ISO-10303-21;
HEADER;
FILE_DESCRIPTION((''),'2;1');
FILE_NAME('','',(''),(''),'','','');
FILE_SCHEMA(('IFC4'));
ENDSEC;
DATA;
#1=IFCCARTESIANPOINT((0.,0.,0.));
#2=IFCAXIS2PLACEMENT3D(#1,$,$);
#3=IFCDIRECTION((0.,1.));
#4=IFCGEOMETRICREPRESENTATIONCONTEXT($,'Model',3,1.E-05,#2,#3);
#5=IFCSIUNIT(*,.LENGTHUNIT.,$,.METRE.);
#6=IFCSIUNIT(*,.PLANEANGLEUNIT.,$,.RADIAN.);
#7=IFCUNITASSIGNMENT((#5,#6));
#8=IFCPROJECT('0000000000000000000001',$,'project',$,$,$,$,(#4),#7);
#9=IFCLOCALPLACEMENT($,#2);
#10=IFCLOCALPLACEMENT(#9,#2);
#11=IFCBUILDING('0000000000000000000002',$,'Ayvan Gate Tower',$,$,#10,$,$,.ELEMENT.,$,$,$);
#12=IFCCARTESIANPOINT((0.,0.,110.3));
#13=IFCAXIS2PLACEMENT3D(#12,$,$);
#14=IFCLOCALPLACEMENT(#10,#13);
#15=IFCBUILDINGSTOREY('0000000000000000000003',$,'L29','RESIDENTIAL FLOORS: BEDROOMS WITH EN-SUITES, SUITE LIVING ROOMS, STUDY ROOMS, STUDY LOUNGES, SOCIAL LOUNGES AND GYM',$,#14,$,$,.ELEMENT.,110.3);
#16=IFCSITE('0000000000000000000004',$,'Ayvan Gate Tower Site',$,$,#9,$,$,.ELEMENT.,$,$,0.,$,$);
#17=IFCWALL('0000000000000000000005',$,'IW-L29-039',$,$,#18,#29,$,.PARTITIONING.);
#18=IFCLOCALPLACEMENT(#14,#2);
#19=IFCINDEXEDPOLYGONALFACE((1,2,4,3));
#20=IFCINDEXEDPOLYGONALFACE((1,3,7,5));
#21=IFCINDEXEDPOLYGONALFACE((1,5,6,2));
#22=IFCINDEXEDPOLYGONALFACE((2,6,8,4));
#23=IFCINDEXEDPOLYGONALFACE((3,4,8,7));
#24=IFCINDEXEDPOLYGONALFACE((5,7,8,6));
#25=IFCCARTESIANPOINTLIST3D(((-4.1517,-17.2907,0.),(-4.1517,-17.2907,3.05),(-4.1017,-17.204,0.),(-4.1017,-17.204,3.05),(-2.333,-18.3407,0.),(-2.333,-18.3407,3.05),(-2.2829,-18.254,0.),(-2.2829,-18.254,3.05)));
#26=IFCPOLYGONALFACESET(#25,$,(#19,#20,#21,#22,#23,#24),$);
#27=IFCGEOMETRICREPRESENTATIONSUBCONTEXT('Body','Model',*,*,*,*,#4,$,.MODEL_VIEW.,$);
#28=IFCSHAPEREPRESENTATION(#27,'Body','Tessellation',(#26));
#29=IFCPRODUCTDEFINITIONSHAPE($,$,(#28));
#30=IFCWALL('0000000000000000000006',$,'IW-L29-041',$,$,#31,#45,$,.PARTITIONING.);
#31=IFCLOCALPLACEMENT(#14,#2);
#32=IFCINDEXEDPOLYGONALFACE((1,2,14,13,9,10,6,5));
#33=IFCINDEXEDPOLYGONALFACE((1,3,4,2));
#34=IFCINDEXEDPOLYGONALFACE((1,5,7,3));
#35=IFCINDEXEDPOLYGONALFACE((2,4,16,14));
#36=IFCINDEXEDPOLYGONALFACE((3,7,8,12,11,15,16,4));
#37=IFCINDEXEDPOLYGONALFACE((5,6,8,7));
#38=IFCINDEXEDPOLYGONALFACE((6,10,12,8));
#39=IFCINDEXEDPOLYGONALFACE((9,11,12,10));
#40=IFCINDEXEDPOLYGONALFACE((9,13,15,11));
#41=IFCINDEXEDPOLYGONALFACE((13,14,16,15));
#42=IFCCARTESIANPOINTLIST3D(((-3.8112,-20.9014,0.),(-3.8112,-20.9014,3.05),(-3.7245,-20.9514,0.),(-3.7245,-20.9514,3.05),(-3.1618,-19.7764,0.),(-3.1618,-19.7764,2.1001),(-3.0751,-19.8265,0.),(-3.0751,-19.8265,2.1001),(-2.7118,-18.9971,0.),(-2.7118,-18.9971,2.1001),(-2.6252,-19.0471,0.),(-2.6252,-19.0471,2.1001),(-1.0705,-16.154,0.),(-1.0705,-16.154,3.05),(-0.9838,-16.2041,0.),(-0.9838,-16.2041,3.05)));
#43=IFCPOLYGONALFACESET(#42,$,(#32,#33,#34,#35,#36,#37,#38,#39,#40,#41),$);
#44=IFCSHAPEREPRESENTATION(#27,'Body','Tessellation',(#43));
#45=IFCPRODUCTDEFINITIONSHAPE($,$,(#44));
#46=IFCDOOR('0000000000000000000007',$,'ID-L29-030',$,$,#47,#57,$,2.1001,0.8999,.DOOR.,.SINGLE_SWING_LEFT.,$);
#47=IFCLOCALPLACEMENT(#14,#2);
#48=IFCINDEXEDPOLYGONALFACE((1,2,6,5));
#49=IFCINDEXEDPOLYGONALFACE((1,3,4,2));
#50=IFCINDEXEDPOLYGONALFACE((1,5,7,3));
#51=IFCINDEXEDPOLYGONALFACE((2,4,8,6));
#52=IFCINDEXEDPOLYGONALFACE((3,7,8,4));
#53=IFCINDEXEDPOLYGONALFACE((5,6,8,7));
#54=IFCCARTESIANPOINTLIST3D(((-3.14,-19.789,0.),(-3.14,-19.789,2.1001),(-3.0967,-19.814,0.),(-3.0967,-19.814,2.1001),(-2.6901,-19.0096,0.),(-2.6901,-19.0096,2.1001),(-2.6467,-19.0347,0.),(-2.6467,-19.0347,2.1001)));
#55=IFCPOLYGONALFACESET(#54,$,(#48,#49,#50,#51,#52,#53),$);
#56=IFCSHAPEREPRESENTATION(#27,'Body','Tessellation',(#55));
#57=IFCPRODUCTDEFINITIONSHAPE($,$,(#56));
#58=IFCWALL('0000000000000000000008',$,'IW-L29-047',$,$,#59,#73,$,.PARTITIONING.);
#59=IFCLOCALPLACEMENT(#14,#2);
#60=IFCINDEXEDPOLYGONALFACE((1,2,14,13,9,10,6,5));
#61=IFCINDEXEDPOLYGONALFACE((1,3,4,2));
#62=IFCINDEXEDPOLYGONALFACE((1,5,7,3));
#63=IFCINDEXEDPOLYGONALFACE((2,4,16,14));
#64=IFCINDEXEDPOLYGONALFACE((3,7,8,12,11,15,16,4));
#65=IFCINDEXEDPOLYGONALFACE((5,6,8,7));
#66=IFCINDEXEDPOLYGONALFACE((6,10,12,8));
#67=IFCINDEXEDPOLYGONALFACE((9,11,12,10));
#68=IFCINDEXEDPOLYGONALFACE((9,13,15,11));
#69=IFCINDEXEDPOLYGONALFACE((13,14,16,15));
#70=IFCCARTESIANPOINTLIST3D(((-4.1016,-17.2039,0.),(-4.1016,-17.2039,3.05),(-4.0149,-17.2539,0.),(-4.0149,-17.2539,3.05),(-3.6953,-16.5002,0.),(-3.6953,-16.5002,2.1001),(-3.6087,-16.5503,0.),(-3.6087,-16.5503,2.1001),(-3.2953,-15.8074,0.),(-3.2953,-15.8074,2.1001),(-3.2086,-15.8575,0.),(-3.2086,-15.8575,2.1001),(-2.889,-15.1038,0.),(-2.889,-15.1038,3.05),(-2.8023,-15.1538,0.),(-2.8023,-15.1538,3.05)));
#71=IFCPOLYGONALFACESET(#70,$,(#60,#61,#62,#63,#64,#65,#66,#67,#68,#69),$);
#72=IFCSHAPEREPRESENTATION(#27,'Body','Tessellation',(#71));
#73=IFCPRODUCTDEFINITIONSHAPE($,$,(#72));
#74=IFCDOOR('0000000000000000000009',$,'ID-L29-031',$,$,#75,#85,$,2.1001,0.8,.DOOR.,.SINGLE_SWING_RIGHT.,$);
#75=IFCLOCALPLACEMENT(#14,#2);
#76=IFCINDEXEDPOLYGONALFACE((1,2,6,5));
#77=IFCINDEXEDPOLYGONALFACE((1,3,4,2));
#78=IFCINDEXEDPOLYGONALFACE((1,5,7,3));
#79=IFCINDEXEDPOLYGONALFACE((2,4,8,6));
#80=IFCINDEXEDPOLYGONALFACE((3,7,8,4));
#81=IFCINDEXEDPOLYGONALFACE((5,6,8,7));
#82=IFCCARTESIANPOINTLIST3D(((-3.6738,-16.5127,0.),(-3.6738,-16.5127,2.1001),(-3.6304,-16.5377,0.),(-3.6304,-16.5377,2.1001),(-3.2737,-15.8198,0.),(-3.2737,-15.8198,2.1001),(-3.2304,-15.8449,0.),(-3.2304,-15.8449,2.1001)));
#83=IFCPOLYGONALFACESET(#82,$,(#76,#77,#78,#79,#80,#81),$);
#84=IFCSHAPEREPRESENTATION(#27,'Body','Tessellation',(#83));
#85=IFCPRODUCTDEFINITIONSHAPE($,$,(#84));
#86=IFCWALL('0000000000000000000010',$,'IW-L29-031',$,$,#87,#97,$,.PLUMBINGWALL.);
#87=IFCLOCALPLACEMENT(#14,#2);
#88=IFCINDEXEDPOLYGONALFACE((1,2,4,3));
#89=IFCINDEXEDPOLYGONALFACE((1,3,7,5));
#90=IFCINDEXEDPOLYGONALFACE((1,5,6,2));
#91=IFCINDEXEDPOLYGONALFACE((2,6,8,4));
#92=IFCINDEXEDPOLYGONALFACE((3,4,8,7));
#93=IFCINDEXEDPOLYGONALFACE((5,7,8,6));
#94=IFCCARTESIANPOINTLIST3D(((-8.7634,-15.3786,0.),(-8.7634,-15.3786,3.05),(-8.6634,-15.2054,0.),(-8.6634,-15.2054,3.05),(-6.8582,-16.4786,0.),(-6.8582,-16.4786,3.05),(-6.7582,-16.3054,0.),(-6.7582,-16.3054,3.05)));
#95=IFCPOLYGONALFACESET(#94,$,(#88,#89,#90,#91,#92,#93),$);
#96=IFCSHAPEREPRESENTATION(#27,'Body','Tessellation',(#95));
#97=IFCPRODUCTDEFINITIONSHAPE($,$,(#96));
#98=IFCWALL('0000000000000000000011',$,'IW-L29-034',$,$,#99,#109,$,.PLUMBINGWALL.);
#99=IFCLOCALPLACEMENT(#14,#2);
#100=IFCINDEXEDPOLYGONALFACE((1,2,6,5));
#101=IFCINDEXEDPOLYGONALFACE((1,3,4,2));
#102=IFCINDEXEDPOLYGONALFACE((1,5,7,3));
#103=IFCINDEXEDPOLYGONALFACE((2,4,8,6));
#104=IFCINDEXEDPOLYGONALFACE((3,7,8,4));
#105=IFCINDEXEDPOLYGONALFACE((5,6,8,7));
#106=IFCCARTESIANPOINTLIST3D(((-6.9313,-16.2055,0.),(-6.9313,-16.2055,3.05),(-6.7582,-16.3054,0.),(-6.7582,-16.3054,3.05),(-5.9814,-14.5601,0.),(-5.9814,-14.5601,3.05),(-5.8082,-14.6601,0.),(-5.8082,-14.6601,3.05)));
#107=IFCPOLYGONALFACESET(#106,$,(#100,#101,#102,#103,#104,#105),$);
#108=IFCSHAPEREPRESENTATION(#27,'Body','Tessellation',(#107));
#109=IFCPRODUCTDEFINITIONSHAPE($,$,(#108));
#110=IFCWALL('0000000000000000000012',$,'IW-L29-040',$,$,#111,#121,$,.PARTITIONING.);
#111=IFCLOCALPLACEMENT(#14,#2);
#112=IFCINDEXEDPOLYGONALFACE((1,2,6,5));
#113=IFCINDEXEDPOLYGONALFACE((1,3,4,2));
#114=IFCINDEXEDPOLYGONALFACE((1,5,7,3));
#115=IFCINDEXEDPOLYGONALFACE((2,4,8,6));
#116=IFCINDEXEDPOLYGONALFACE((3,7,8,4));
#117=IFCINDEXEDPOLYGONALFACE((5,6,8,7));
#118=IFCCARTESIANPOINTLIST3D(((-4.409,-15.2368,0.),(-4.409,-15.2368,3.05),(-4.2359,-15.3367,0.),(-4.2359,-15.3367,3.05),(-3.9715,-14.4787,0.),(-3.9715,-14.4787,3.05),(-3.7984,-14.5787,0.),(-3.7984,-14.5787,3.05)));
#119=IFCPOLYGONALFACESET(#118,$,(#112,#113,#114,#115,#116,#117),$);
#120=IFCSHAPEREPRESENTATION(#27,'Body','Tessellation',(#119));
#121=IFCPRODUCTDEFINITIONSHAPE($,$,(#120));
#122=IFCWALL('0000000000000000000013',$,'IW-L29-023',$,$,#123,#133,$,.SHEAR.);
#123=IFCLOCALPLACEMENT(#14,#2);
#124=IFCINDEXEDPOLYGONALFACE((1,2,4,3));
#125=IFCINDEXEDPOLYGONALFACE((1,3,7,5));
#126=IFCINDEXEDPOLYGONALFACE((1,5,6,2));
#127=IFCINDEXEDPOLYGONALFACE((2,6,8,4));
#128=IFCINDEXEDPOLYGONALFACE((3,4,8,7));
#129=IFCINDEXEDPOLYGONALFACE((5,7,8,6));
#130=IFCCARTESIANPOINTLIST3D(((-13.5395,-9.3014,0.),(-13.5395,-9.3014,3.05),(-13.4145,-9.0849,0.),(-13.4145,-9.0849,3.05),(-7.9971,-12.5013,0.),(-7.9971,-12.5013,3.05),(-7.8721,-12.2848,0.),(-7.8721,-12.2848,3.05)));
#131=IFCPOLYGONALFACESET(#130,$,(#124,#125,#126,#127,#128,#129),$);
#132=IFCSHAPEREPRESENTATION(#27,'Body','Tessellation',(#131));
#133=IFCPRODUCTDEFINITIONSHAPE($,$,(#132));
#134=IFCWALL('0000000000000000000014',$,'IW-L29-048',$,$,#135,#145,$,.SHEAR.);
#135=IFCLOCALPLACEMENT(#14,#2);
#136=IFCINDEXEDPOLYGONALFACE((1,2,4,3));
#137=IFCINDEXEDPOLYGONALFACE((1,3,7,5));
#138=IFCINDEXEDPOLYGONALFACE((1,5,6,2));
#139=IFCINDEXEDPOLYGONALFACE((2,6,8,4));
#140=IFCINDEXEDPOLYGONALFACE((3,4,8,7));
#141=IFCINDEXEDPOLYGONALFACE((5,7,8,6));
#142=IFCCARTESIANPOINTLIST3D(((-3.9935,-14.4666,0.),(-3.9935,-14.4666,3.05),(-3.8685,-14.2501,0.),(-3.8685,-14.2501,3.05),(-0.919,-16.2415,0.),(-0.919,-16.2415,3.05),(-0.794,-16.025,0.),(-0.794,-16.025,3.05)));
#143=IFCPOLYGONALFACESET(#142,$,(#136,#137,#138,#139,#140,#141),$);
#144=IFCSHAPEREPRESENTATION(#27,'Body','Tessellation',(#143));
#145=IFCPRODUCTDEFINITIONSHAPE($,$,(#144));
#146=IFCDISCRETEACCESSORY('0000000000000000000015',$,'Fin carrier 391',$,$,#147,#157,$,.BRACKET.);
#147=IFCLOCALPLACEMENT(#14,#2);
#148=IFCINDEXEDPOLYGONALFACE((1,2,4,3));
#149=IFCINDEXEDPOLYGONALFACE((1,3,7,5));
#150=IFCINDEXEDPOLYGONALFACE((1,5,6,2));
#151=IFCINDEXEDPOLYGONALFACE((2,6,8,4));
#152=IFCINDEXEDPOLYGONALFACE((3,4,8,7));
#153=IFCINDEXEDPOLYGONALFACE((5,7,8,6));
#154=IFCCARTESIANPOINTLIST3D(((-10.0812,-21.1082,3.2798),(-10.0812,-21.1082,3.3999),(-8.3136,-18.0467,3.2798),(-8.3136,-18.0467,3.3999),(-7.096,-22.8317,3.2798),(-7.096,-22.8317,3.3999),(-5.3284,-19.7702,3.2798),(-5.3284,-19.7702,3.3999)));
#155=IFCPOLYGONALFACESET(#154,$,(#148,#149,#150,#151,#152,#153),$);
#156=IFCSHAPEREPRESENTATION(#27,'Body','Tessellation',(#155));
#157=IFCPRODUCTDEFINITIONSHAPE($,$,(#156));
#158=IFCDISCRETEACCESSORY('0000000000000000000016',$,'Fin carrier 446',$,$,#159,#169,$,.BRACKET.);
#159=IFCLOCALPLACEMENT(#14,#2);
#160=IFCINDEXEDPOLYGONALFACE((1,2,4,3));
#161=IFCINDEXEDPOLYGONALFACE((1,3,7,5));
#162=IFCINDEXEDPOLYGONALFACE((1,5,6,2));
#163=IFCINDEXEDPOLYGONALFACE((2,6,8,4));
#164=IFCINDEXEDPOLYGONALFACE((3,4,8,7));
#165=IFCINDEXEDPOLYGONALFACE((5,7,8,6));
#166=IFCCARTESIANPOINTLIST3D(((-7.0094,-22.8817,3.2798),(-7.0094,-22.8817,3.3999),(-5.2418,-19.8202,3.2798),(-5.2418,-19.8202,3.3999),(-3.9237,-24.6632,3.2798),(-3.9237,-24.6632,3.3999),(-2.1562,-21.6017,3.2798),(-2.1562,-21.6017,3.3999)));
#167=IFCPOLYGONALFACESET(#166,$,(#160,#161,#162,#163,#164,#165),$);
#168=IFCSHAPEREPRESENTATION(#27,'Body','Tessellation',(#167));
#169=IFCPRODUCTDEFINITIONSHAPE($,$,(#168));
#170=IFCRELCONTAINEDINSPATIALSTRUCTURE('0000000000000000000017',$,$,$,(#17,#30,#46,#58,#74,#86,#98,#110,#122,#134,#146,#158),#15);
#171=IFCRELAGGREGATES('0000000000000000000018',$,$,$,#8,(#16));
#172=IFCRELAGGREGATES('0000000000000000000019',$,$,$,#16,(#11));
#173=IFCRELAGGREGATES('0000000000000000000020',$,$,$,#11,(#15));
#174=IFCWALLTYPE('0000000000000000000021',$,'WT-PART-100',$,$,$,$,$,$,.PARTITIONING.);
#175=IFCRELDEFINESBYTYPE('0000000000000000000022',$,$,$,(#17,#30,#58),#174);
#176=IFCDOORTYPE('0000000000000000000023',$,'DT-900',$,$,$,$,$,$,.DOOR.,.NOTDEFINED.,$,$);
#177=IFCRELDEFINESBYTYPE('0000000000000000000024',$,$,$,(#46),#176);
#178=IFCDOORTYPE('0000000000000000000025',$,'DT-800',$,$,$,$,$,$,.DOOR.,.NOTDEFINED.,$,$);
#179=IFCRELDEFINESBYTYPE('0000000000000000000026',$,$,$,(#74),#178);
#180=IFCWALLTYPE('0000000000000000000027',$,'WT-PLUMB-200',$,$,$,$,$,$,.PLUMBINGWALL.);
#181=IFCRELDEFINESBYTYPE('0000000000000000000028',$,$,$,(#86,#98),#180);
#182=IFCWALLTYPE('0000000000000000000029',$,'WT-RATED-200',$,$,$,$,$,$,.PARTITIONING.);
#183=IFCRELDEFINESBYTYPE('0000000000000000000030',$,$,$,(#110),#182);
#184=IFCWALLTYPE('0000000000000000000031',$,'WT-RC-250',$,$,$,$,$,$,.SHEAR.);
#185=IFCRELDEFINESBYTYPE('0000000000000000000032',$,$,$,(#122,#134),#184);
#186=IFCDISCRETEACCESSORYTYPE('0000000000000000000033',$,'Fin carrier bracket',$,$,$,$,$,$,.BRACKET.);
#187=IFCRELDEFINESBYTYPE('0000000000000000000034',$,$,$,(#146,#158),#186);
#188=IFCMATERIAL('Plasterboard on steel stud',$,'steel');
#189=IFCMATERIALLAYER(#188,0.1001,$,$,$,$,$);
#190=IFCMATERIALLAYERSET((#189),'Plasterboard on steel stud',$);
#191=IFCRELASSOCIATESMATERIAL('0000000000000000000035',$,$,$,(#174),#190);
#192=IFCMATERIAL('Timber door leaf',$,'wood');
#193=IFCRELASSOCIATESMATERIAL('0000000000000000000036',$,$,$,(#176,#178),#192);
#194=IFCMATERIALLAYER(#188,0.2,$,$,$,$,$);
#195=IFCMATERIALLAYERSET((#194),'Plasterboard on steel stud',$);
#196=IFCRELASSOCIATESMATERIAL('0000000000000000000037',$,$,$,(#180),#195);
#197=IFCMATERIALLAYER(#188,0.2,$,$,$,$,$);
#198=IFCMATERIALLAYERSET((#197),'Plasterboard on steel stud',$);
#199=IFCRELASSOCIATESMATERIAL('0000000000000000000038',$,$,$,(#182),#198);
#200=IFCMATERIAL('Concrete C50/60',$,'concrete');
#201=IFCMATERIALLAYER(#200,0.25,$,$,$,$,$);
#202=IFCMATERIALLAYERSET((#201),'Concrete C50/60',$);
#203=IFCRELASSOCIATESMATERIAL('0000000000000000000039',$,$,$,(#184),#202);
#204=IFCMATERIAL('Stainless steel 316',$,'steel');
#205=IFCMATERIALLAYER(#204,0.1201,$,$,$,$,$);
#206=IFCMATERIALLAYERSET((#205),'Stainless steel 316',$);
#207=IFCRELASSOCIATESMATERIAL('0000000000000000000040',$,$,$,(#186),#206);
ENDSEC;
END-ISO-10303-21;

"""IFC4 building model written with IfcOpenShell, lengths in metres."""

from ifc_helpers import new_model, si_unit, direction, frame, frame_2d, origin, origin_2d, place, context, subcontext, project, spatial, rectangle, extrude, material, layer, layer_set, type_object, element, fill, save


model = new_model("IFC4")

# Units and contexts
model_context = context("Model", 3, precision=1e-05, world=origin(), true_north=direction((0.0, 1.0)))
body_context = subcontext(model_context, "Body", "Model", "MODEL_VIEW")
ifc_project = project(units=[si_unit("LENGTHUNIT", "METRE"), si_unit("PLANEANGLEUNIT", "RADIAN")], contexts=[model_context])

# Site, building, storey
site_placement = place(None, origin())
site = spatial("IfcSite", under=ifc_project, at=site_placement, Name="Ayvan Gate Tower Site", CompositionType="ELEMENT", RefElevation=0.0)
building_placement = place(site_placement, origin())
building = spatial("IfcBuilding", under=site, at=building_placement, Name="Ayvan Gate Tower", CompositionType="ELEMENT")
storey_placement = place(building_placement, frame((0.0, 0.0, 110.3)))
storey = spatial("IfcBuildingStorey", under=building, at=storey_placement, Name="L29", Description="RESIDENTIAL FLOORS: BEDROOMS WITH EN-SUITES, SUITE LIVING ROOMS, STUDY ROOMS, STUDY LOUNGES, SOCIAL LOUNGES AND GYM", CompositionType="ELEMENT", Elevation=110.3)

# Wall
ifc_material_1 = material(Name="Plasterboard on steel stud", Category="steel")
ifc_layer_1 = layer(ifc_material_1, 0.1001)
ifc_layer_set_1 = layer_set([ifc_layer_1], Name="Plasterboard on steel stud")
wall_type_1 = type_object("IfcWallType", Name="WT-PART-100", PredefinedType="PARTITIONING", material=ifc_layer_set_1)
wall_1_placement = place(storey_placement, frame((-4.1267, -17.2473, 0.0), z_axis=(0.0, 0.0, 1.0), x_axis=(0.866038, -0.499977, 0.0)))
element("IfcWall", 1, at=wall_1_placement, inside=storey, type_object=wall_type_1, Name="IW-L29-039", PredefinedType="PARTITIONING", context=body_context, shape_type="SweptSolid", body=[
    extrude(rectangle(XDim=2.1001, YDim=0.1001, at=frame_2d((1.05, 0.0))), origin(), (0.0, 0.0, 1.0), 3.05),
])

# Walls, openings, doors
wall_2_placement = place(storey_placement, frame((-3.7678, -20.9263, 0.0), z_axis=(0.0, 0.0, 1.0), x_axis=(0.499981, 0.866037, 0.0)))
wall_2 = element("IfcWall", 2, at=wall_2_placement, inside=storey, type_object=wall_type_1, Name="IW-L29-041", PredefinedType="PARTITIONING", context=body_context, shape_type="SweptSolid", body=[
    extrude(rectangle(XDim=5.4817, YDim=0.1001, at=frame_2d((2.7407, 0.0))), origin(), (0.0, 0.0, 1.0), 3.05),
])
opening_1_placement = place(wall_2_placement, frame((1.2988, 0.0, 0.0)))
opening_1 = element("IfcOpeningElement", 3, at=opening_1_placement, cuts=wall_2, PredefinedType="OPENING", context=body_context, shape_type="SweptSolid", body=[
    extrude(rectangle(XDim=0.8999, YDim=2.1001, at=frame_2d((0.45, 1.05))), frame((0.0, 0.0601, 0.0), z_axis=(0.0, -1.0, 0.0), x_axis=(1.0, 0.0, 0.0)), (0.0, 0.0, 1.0), 0.1201),
])
ifc_material_2 = material(Name="Timber door leaf", Category="wood")
door_type_1 = type_object("IfcDoorType", Name="DT-900", OperationType="NOTDEFINED", PredefinedType="DOOR", material=ifc_material_2)
door_1_placement = place(opening_1_placement, origin())
door_1 = element("IfcDoor", 4, at=door_1_placement, inside=storey, type_object=door_type_1, Name="ID-L29-030", OperationType="SINGLE_SWING_LEFT", OverallHeight=2.1001, OverallWidth=0.8999, PredefinedType="DOOR", context=body_context, shape_type="SweptSolid", body=[
    extrude(rectangle(XDim=0.8999, YDim=2.1001, at=frame_2d((0.45, 1.05))), frame((0.0, 0.0249, 0.0), z_axis=(0.0, -1.0, 0.0), x_axis=(1.0, 0.0, 0.0)), (0.0, 0.0, 1.0), 0.05),
])
fill(opening_1, door_1)
wall_3_placement = place(storey_placement, frame((-2.8457, -15.1289, 0.0), z_axis=(0.0, 0.0, 1.0), x_axis=(-0.500048, -0.865998, 0.0)))
wall_3 = element("IfcWall", 5, at=wall_3_placement, inside=storey, type_object=wall_type_1, Name="IW-L29-047", PredefinedType="PARTITIONING", context=body_context, shape_type="SweptSolid", body=[
    extrude(rectangle(XDim=2.425, YDim=0.1001, at=frame_2d((1.2124, 0.0))), origin(), (0.0, 0.0, 1.0), 3.05),
])
opening_2_placement = place(wall_3_placement, frame((0.8125, 0.0, 0.0)))
opening_2 = element("IfcOpeningElement", 6, at=opening_2_placement, cuts=wall_3, PredefinedType="OPENING", context=body_context, shape_type="SweptSolid", body=[
    extrude(rectangle(XDim=0.8, YDim=2.1001, at=frame_2d((0.3999, 1.05))), frame((0.0, 0.0601, 0.0), z_axis=(0.0, -1.0, 0.0), x_axis=(1.0, 0.0, 0.0)), (0.0, 0.0, 1.0), 0.1201),
])
door_type_2 = type_object("IfcDoorType", Name="DT-800", OperationType="NOTDEFINED", PredefinedType="DOOR", material=ifc_material_2)
door_2_placement = place(opening_2_placement, origin())
door_2 = element("IfcDoor", 7, at=door_2_placement, inside=storey, type_object=door_type_2, Name="ID-L29-031", OperationType="SINGLE_SWING_RIGHT", OverallHeight=2.1001, OverallWidth=0.8, PredefinedType="DOOR", context=body_context, shape_type="SweptSolid", body=[
    extrude(rectangle(XDim=0.8, YDim=2.1001, at=frame_2d((0.3999, 1.05))), frame((0.0, 0.0249, 0.0), z_axis=(0.0, -1.0, 0.0), x_axis=(1.0, 0.0, 0.0)), (0.0, 0.0, 1.0), 0.05),
])
fill(opening_2, door_2)

# Walls
ifc_layer_2 = layer(ifc_material_1, 0.2)
ifc_layer_set_2 = layer_set([ifc_layer_2], Name="Plasterboard on steel stud")
wall_type_2 = type_object("IfcWallType", Name="WT-PLUMB-200", PredefinedType="PLUMBINGWALL", material=ifc_layer_set_2)
wall_4_placement = place(storey_placement, frame((-6.8081, -16.3921, 0.0), z_axis=(0.0, 0.0, 1.0), x_axis=(-0.866008, 0.50003, 0.0)))
element("IfcWall", 8, at=wall_4_placement, inside=storey, type_object=wall_type_2, Name="IW-L29-031", PredefinedType="PLUMBINGWALL", context=body_context, shape_type="SweptSolid", body=[
    extrude(rectangle(XDim=2.2, YDim=0.2, at=frame_2d((1.1001, 0.0))), origin(), (0.0, 0.0, 1.0), 3.05),
])
wall_5_placement = place(storey_placement, frame((-5.8948, -14.6101, 0.0), z_axis=(0.0, 0.0, 1.0), x_axis=(-0.500023, -0.866012, 0.0)))
element("IfcWall", 9, at=wall_5_placement, inside=storey, type_object=wall_type_2, Name="IW-L29-034", PredefinedType="PLUMBINGWALL", context=body_context, shape_type="SweptSolid", body=[
    extrude(rectangle(XDim=1.8999, YDim=0.2, at=frame_2d((0.95, 0.0))), origin(), (0.0, 0.0, 1.0), 3.05),
])
ifc_layer_3 = layer(ifc_material_1, 0.2)
ifc_layer_set_3 = layer_set([ifc_layer_3], Name="Plasterboard on steel stud")
wall_type_3 = type_object("IfcWallType", Name="WT-RATED-200", PredefinedType="PARTITIONING", material=ifc_layer_set_3)
wall_6_placement = place(storey_placement, frame((-3.885, -14.5288, 0.0), z_axis=(0.0, 0.0, 1.0), x_axis=(-0.499859, -0.866107, 0.0)))
element("IfcWall", 10, at=wall_6_placement, inside=storey, type_object=wall_type_3, Name="IW-L29-040", PredefinedType="PARTITIONING", context=body_context, shape_type="SweptSolid", body=[
    extrude(rectangle(XDim=0.8752, YDim=0.2, at=frame_2d((0.4375, 0.0))), origin(), (0.0, 0.0, 1.0), 3.05),
])
ifc_material_3 = material(Name="Concrete C50/60", Category="concrete")
ifc_layer_4 = layer(ifc_material_3, 0.25)
ifc_layer_set_4 = layer_set([ifc_layer_4], Name="Concrete C50/60")
wall_type_4 = type_object("IfcWallType", Name="WT-RC-250", PredefinedType="SHEAR", material=ifc_layer_set_4)
wall_7_placement = place(storey_placement, frame((-7.9346, -12.3931, 0.0), z_axis=(0.0, 0.0, 1.0), x_axis=(-0.866025, 0.5, 0.0)))
element("IfcWall", 11, at=wall_7_placement, inside=storey, type_object=wall_type_4, Name="IW-L29-023", PredefinedType="SHEAR", context=body_context, shape_type="SweptSolid", body=[
    extrude(rectangle(XDim=6.3999, YDim=0.25, at=frame_2d((3.2, 0.0))), origin(), (0.0, 0.0, 1.0), 3.05),
])
wall_8_placement = place(storey_placement, frame((-3.9309, -14.3584, 0.0), z_axis=(0.0, 0.0, 1.0), x_axis=(0.866042, -0.49997, 0.0)))
element("IfcWall", 12, at=wall_8_placement, inside=storey, type_object=wall_type_4, Name="IW-L29-048", PredefinedType="SHEAR", context=body_context, shape_type="SweptSolid", body=[
    extrude(rectangle(XDim=3.55, YDim=0.25, at=frame_2d((1.7749, 0.0))), origin(), (0.0, 0.0, 1.0), 3.05),
])

# Discrete accessories
ifc_material_4 = material(Name="Stainless steel 316", Category="steel")
ifc_layer_5 = layer(ifc_material_4, 0.1201)
ifc_layer_set_5 = layer_set([ifc_layer_5], Name="Stainless steel 316")
discrete_accessory_type = type_object("IfcDiscreteAccessoryType", Name="Fin carrier bracket", PredefinedType="BRACKET", material=ifc_layer_set_5)
discrete_accessory_1_placement = place(storey_placement, frame((-7.7048, -20.4392, 3.2798), z_axis=(0.0, 0.0, 1.0), x_axis=(0.866025, -0.5, 0.0)))
element("IfcDiscreteAccessory", 13, at=discrete_accessory_1_placement, inside=storey, type_object=discrete_accessory_type, Name="Fin carrier 391", PredefinedType="BRACKET", context=body_context, shape_type="SweptSolid", body=[
    extrude(rectangle(XDim=3.447, YDim=3.5352, at=origin_2d()), origin(), (0.0, 0.0, 1.0), 0.1201),
])
discrete_accessory_2_placement = place(storey_placement, frame((-4.5828, -22.2417, 3.2798), z_axis=(0.0, 0.0, 1.0), x_axis=(0.866025, -0.5, 0.0)))
element("IfcDiscreteAccessory", 14, at=discrete_accessory_2_placement, inside=storey, type_object=discrete_accessory_type, Name="Fin carrier 446", PredefinedType="BRACKET", context=body_context, shape_type="SweptSolid", body=[
    extrude(rectangle(XDim=3.563, YDim=3.5352, at=origin_2d()), origin(), (0.0, 0.0, 1.0), 0.1201),
])

save(model, "model.ifc")
